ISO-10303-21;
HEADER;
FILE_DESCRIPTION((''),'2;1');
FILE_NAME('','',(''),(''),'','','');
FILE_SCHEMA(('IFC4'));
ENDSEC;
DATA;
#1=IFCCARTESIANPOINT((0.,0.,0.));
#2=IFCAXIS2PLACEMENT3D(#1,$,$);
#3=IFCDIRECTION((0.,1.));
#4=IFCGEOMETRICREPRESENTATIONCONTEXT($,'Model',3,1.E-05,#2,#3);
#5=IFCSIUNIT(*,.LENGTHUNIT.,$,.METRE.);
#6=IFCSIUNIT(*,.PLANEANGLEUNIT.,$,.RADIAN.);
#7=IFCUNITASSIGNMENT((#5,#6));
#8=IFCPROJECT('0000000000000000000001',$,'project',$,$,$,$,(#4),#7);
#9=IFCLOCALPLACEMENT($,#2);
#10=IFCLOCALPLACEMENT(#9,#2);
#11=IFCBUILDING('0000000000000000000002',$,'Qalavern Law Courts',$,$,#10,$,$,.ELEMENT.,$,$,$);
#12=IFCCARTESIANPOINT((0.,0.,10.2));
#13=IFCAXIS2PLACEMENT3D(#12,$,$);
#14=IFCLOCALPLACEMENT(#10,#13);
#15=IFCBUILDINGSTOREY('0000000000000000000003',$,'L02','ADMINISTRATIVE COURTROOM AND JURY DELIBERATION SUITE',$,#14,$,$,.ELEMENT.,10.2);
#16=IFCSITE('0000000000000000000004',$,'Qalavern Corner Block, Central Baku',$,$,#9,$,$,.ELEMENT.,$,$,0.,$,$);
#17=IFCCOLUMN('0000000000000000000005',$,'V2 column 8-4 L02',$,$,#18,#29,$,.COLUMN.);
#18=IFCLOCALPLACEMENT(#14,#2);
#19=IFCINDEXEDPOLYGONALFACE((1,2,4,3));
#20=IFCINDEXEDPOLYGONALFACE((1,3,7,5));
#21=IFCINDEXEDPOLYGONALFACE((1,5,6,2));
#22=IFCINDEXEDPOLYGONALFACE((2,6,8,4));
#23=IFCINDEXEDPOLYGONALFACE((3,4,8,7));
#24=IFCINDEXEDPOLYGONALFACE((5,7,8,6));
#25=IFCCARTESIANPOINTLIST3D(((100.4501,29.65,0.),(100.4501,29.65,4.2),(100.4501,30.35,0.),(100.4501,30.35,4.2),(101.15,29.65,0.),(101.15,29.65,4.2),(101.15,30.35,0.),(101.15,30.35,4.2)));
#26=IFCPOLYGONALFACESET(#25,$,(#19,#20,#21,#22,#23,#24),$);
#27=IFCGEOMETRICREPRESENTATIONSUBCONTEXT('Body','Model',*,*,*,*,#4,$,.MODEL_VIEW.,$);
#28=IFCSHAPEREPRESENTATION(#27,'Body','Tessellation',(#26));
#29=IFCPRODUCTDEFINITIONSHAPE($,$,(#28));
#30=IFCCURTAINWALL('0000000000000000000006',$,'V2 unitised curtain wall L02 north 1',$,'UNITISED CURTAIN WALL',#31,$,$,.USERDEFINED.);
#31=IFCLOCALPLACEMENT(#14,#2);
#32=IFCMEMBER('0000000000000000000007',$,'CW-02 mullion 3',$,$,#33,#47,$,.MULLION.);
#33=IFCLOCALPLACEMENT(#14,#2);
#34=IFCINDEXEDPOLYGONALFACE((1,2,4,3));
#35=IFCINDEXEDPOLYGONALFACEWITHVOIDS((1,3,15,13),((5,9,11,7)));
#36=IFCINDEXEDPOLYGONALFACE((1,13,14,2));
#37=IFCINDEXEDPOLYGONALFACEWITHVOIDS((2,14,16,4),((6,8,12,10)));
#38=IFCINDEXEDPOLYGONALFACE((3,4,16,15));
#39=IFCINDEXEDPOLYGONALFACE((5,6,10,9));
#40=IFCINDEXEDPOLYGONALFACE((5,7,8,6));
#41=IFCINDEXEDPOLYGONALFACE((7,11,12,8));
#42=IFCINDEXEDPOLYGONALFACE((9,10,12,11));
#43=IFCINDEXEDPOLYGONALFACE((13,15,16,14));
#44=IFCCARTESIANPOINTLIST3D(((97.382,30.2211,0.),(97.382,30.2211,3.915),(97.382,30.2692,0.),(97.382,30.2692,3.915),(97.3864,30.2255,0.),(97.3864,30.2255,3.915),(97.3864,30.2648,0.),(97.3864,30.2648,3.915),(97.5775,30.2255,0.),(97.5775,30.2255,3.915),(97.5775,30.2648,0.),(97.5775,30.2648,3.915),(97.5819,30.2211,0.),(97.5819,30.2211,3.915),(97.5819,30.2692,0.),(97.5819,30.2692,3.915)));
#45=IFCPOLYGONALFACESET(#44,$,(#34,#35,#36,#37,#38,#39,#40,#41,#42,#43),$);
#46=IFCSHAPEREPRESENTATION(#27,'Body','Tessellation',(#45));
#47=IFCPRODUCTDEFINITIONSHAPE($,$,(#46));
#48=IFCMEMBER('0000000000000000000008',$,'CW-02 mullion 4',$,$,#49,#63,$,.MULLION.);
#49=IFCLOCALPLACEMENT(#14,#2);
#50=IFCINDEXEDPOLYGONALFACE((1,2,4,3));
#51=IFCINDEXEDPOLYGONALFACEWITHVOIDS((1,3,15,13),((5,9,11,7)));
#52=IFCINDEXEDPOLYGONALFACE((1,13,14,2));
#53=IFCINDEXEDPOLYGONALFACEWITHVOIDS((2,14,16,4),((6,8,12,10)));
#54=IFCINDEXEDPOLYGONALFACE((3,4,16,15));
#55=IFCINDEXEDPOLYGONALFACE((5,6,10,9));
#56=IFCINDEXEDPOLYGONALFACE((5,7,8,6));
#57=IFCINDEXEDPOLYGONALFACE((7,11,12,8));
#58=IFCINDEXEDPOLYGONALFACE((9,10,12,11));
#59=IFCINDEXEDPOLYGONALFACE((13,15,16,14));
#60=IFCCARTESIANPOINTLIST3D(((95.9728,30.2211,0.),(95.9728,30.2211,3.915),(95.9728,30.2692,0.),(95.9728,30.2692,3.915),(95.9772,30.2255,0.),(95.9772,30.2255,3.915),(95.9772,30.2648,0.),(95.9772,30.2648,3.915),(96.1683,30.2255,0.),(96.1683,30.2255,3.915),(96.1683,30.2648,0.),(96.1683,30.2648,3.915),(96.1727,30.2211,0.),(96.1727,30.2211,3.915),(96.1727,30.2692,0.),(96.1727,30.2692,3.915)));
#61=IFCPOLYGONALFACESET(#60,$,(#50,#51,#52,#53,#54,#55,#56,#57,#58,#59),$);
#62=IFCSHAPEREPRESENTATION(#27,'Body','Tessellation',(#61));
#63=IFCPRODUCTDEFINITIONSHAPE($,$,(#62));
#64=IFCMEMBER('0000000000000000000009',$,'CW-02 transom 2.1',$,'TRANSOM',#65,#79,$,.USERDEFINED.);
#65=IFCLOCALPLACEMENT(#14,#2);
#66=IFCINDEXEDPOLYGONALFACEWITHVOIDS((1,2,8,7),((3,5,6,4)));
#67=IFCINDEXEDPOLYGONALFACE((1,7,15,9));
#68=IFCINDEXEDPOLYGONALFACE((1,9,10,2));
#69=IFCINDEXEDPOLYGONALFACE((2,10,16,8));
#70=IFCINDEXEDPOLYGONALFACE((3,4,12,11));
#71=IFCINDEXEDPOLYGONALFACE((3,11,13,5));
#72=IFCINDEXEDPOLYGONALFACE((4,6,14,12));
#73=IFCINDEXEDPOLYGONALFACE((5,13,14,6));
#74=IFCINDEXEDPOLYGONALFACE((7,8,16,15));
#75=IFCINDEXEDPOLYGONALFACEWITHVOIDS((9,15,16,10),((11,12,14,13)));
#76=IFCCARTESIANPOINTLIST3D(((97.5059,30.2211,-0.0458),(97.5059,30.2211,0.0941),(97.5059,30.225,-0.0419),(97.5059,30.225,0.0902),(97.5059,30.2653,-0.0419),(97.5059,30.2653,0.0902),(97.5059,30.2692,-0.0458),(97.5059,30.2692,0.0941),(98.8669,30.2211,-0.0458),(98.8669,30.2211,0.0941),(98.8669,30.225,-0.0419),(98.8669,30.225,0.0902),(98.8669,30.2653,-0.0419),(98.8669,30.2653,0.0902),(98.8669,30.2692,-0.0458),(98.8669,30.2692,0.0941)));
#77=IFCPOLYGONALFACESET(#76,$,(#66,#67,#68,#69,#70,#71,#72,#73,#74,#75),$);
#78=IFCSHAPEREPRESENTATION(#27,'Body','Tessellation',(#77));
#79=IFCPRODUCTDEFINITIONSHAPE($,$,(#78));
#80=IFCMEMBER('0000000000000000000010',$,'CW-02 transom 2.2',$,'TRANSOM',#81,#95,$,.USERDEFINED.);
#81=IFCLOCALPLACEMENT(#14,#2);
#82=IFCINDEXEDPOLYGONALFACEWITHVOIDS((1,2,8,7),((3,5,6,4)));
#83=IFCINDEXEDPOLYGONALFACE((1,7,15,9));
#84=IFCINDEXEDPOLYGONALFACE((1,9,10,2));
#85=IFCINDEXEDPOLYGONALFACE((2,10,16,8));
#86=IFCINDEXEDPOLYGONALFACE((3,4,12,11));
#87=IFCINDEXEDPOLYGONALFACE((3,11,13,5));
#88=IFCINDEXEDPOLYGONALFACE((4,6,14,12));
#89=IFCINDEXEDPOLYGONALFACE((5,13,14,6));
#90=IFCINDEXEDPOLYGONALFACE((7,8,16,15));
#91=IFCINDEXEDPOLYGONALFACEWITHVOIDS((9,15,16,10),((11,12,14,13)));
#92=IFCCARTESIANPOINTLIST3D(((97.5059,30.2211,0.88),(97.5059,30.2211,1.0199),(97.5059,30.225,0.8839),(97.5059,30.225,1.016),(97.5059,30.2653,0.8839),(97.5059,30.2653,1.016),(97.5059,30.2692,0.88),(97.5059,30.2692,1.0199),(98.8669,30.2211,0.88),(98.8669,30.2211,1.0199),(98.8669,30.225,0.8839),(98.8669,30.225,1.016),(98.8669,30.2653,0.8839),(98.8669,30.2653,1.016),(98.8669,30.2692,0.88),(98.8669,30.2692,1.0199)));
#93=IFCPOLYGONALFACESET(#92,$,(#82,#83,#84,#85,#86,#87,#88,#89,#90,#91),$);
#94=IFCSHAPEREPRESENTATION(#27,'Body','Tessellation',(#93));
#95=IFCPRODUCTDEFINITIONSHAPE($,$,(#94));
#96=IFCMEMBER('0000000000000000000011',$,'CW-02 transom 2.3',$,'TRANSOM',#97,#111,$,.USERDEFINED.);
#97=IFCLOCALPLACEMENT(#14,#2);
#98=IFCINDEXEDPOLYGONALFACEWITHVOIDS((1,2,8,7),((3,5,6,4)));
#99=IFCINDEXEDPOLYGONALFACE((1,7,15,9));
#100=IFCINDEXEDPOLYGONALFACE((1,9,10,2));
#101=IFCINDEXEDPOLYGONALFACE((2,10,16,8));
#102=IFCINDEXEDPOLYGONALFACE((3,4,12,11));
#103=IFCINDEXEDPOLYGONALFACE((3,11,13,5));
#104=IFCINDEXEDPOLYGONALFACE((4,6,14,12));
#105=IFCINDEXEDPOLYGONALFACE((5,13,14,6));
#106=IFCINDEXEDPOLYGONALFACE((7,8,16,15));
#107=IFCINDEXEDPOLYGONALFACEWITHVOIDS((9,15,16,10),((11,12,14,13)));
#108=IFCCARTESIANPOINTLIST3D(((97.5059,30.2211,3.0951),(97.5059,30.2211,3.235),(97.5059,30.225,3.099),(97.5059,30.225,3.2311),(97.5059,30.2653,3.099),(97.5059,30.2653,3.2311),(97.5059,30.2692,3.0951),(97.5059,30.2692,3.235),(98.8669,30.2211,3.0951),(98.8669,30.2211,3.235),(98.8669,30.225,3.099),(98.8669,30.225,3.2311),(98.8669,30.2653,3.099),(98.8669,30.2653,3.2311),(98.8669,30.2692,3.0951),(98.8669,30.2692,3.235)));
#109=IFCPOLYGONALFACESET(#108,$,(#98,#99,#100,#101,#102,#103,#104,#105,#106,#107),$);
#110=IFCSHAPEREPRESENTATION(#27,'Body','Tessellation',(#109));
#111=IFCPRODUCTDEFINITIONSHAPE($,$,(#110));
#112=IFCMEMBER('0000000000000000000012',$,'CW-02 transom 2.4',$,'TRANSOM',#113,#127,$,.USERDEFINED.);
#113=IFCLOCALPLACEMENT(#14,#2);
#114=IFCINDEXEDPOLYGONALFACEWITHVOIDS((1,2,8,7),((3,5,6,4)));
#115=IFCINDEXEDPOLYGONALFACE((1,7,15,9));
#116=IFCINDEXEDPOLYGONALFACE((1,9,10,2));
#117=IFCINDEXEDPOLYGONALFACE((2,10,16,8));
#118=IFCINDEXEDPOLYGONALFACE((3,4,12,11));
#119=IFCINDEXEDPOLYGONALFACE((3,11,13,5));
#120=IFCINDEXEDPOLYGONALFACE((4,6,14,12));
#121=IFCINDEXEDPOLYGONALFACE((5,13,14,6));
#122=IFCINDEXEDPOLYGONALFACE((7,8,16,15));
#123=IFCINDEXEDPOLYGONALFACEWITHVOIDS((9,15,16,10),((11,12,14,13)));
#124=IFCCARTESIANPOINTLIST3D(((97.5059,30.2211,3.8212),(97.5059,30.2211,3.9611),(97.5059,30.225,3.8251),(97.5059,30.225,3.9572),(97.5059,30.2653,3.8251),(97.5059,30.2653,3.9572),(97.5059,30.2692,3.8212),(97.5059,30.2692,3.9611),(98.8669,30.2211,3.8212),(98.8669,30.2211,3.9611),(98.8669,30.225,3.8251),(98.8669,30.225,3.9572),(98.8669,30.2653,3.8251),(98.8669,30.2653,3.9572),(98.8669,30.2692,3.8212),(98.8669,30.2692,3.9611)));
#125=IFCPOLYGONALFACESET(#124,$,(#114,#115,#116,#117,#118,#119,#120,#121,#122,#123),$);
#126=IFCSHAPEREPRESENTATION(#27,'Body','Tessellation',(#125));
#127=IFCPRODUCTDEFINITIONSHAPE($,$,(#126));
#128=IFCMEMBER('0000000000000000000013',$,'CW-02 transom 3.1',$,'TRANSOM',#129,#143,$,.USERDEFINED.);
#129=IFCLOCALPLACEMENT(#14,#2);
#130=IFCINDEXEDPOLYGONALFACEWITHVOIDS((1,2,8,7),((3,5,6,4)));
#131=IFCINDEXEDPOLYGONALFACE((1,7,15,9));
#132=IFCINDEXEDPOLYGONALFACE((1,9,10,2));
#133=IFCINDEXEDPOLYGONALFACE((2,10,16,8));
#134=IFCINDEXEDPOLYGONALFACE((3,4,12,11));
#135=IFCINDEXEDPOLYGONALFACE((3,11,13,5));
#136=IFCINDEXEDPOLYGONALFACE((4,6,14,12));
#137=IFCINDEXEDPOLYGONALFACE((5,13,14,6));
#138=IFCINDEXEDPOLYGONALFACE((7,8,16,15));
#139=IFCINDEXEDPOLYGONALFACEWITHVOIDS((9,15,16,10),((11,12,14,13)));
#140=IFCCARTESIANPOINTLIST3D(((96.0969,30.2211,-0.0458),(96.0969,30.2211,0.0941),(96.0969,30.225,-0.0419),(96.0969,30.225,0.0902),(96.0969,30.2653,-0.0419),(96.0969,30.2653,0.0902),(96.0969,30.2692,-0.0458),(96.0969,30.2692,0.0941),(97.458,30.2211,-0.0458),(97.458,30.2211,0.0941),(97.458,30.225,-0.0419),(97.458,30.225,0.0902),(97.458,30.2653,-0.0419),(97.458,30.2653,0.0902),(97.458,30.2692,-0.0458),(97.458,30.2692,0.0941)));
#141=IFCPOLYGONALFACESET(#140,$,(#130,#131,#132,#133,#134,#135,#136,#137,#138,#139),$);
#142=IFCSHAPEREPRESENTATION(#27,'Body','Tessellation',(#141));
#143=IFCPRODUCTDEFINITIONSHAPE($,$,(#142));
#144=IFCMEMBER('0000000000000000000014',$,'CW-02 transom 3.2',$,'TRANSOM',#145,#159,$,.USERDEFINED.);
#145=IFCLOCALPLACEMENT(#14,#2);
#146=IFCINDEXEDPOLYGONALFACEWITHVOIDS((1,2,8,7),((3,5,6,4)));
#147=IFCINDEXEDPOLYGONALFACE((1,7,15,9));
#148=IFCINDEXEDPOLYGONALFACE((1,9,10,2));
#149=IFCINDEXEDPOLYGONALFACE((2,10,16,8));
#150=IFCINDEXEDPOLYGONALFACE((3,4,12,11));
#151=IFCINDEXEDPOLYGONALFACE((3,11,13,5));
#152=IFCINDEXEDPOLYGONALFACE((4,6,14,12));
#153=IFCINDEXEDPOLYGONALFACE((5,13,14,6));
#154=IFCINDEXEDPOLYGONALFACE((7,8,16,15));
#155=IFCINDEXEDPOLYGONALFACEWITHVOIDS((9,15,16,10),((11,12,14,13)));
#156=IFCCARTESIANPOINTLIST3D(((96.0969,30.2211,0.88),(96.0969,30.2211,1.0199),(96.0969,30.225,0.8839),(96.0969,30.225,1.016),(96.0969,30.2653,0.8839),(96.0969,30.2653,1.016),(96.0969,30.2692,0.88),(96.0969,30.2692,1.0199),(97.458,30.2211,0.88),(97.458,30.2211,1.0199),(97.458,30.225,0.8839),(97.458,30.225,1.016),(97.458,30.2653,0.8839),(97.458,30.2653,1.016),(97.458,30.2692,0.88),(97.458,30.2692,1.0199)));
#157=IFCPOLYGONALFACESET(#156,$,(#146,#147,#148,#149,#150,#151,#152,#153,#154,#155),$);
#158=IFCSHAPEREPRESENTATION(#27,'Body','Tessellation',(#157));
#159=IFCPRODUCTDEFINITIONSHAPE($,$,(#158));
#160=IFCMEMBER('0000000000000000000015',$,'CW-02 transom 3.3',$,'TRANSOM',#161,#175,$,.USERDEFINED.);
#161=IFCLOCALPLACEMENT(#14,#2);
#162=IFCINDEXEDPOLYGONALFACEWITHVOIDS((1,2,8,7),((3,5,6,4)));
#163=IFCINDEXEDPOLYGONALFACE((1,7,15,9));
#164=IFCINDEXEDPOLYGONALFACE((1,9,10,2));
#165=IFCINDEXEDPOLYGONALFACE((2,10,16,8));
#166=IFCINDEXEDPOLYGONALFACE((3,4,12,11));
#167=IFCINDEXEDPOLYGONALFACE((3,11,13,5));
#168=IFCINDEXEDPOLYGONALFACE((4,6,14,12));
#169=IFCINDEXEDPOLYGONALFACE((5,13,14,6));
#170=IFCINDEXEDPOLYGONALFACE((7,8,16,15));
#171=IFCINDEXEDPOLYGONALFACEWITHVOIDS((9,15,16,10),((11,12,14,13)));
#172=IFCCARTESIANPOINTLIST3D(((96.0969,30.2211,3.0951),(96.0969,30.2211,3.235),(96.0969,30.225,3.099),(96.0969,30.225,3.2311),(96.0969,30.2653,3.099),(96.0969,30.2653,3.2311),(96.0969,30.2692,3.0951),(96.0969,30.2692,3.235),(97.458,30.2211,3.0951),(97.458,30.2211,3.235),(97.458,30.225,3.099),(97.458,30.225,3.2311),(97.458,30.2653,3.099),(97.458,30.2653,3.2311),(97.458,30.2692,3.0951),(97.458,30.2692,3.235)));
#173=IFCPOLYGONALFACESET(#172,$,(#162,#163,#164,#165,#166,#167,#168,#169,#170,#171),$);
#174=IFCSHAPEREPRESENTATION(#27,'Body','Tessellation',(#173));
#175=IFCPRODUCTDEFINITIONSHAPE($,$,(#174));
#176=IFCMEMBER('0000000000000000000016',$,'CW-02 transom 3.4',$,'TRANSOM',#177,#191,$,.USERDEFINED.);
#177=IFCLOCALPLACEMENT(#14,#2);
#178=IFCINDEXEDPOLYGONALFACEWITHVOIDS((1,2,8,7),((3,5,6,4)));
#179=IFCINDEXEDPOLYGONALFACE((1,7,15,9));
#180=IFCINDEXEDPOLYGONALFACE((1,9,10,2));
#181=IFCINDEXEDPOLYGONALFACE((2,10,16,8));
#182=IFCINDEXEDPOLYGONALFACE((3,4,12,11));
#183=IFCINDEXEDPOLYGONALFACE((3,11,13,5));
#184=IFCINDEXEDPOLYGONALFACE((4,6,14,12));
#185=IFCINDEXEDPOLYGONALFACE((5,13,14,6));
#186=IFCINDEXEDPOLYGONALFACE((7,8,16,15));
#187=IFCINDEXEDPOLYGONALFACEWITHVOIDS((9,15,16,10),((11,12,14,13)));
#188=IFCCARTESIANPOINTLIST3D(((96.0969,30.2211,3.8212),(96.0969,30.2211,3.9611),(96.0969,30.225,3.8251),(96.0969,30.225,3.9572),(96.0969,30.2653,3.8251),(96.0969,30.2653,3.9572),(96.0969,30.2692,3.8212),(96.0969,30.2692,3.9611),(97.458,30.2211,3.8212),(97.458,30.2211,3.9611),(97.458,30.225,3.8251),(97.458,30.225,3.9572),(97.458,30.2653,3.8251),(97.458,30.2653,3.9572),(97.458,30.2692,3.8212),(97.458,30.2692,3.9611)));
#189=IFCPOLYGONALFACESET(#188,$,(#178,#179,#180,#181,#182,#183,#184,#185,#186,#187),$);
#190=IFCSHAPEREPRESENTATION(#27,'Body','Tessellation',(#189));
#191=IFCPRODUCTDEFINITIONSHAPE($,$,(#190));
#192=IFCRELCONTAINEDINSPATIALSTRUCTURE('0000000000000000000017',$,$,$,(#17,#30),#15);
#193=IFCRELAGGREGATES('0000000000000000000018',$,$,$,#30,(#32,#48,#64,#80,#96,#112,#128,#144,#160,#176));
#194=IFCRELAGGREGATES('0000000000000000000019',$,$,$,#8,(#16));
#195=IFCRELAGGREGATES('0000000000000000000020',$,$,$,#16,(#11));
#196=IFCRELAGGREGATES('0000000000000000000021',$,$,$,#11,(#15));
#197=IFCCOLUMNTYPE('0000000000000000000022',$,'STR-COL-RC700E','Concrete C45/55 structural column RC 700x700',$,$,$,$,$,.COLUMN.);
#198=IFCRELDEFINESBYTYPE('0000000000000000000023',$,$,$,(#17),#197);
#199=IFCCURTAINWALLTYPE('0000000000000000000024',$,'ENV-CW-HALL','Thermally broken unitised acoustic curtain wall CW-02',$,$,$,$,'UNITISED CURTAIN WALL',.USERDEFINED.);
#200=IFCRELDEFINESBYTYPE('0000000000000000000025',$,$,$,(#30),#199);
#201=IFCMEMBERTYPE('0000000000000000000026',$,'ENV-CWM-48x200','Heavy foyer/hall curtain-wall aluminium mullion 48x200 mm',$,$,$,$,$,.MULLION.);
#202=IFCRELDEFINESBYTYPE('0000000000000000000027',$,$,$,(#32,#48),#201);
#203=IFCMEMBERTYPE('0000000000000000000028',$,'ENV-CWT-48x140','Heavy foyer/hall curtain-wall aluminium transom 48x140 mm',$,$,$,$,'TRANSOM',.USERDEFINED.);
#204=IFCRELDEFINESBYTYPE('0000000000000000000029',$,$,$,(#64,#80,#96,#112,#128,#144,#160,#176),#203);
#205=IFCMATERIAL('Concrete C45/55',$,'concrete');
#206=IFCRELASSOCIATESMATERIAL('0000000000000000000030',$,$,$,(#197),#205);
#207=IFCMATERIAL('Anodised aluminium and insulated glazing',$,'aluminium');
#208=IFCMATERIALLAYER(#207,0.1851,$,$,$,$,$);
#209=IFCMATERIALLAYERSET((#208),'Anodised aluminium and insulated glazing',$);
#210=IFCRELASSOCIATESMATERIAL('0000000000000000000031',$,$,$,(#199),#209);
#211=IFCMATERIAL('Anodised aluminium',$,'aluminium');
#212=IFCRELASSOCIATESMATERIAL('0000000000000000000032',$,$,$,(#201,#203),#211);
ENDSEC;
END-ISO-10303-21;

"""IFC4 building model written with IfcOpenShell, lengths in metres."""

from ifc_helpers import new_model, si_unit, direction, frame, origin, origin_2d, place, context, subcontext, project, spatial, rectangle, hollow_rectangle, extrude, material, layer, layer_set, material_profile, profile_set, type_object, element, aggregate, save


model = new_model("IFC4")

# Units and contexts
model_context = context("Model", 3, precision=1e-05, world=origin(), true_north=direction((0.0, 1.0)))
body_context = subcontext(model_context, "Body", "Model", "MODEL_VIEW")
ifc_project = project(units=[si_unit("LENGTHUNIT", "METRE"), si_unit("PLANEANGLEUNIT", "RADIAN")], contexts=[model_context])

# Site, building, storey
site_placement = place(None, origin())
site = spatial("IfcSite", under=ifc_project, at=site_placement, Name="Qalavern Corner Block, Central Baku", CompositionType="ELEMENT", RefElevation=0.0)
building_placement = place(site_placement, origin())
building = spatial("IfcBuilding", under=site, at=building_placement, Name="Qalavern Law Courts", CompositionType="ELEMENT")
storey_placement = place(building_placement, frame((0.0, 0.0, 10.2)))
storey = spatial("IfcBuildingStorey", under=building, at=storey_placement, Name="L02", Description="ADMINISTRATIVE COURTROOM AND JURY DELIBERATION SUITE", CompositionType="ELEMENT", Elevation=10.2)

# Column
ifc_material_1 = material(Name="Concrete C45/55", Category="concrete")
ifc_material_profile_1 = material_profile(ifc_material_1, rectangle(XDim=0.7, YDim=0.7, at=origin_2d()), Name="RC 700x700")
ifc_profile_set_1 = profile_set([ifc_material_profile_1], Name="Concrete C45/55")
column_type = type_object("IfcColumnType", Name="STR-COL-RC700E", Description="Concrete C45/55 structural column RC 700x700", PredefinedType="COLUMN", material=ifc_profile_set_1)
column_placement = place(storey_placement, frame((100.8, 30.0, 0.0), z_axis=(0.0, 0.0, 1.0), x_axis=(1.0, 0.0, 0.0)))
element("IfcColumn", 1, at=column_placement, inside=storey, type_object=column_type, Name="V2 column 8-4 L02", PredefinedType="COLUMN", context=body_context, shape_type="SweptSolid", body=[
    extrude(rectangle(XDim=0.7, YDim=0.7, at=origin_2d()), origin(), (0.0, 0.0, 1.0), 4.2),
])

# Curtain wall, members
ifc_material_2 = material(Name="Anodised aluminium and insulated glazing", Category="aluminium")
ifc_layer_1 = layer(ifc_material_2, 0.1851)
ifc_layer_set_1 = layer_set([ifc_layer_1], Name="Anodised aluminium and insulated glazing")
curtain_wall_type = type_object("IfcCurtainWallType", Name="ENV-CW-HALL", Description="Thermally broken unitised acoustic curtain wall CW-02", ElementType="UNITISED CURTAIN WALL", PredefinedType="USERDEFINED", material=ifc_layer_set_1)
curtain_wall_1_placement = place(storey_placement, origin())
curtain_wall_1 = element("IfcCurtainWall", 2, at=curtain_wall_1_placement, inside=storey, type_object=curtain_wall_type, Name="V2 unitised curtain wall L02 north 1", ObjectType="UNITISED CURTAIN WALL", PredefinedType="USERDEFINED")
ifc_material_3 = material(Name="Anodised aluminium", Category="aluminium")
ifc_material_profile_2 = material_profile(ifc_material_3, hollow_rectangle(XDim=0.0481, YDim=0.2, WallThickness=0.0044, at=origin_2d()), Name="ALU MULLION 48x200")
ifc_profile_set_2 = profile_set([ifc_material_profile_2], Name="Anodised aluminium")
member_type_1 = type_object("IfcMemberType", Name="ENV-CWM-48x200", Description="Heavy foyer/hall curtain-wall aluminium mullion 48x200 mm", PredefinedType="MULLION", material=ifc_profile_set_2)
member_1_placement = place(storey_placement, frame((97.4819, 30.2451, 0.0), z_axis=(0.0, 0.0, 1.0), x_axis=(0.0, -1.0, 0.0)))
member_1 = element("IfcMember", 3, at=member_1_placement, type_object=member_type_1, Name="CW-02 mullion 3", PredefinedType="MULLION", context=body_context, shape_type="SweptSolid", body=[
    extrude(hollow_rectangle(XDim=0.0481, YDim=0.2, WallThickness=0.0044, at=origin_2d()), origin(), (0.0, 0.0, 1.0), 3.915),
])
member_2_placement = place(storey_placement, frame((96.0728, 30.2451, 0.0), z_axis=(0.0, 0.0, 1.0), x_axis=(0.0, -1.0, 0.0)))
member_2 = element("IfcMember", 4, at=member_2_placement, type_object=member_type_1, Name="CW-02 mullion 4", PredefinedType="MULLION", context=body_context, shape_type="SweptSolid", body=[
    extrude(hollow_rectangle(XDim=0.0481, YDim=0.2, WallThickness=0.0044, at=origin_2d()), origin(), (0.0, 0.0, 1.0), 3.915),
])
ifc_material_profile_3 = material_profile(ifc_material_3, hollow_rectangle(XDim=0.0481, YDim=0.1399, WallThickness=0.0039, at=origin_2d()), Name="ALU TRANSOM 48x140")
ifc_profile_set_3 = profile_set([ifc_material_profile_3], Name="Anodised aluminium")
member_type_2 = type_object("IfcMemberType", Name="ENV-CWT-48x140", Description="Heavy foyer/hall curtain-wall aluminium transom 48x140 mm", ElementType="TRANSOM", PredefinedType="USERDEFINED", material=ifc_profile_set_3)
member_3_placement = place(storey_placement, frame((98.8669, 30.2451, 0.0242), z_axis=(-1.0, 0.0, 0.0), x_axis=(0.0, -1.0, 0.0)))
member_3 = element("IfcMember", 5, at=member_3_placement, type_object=member_type_2, Name="CW-02 transom 2.1", ObjectType="TRANSOM", PredefinedType="USERDEFINED", context=body_context, shape_type="SweptSolid", body=[
    extrude(hollow_rectangle(XDim=0.0481, YDim=0.1399, WallThickness=0.0039, at=origin_2d()), origin(), (0.0, 0.0, 1.0), 1.3611),
])
member_4_placement = place(storey_placement, frame((98.8669, 30.2451, 0.95), z_axis=(-1.0, 0.0, 0.0), x_axis=(0.0, -1.0, 0.0)))
member_4 = element("IfcMember", 6, at=member_4_placement, type_object=member_type_2, Name="CW-02 transom 2.2", ObjectType="TRANSOM", PredefinedType="USERDEFINED", context=body_context, shape_type="SweptSolid", body=[
    extrude(hollow_rectangle(XDim=0.0481, YDim=0.1399, WallThickness=0.0039, at=origin_2d()), origin(), (0.0, 0.0, 1.0), 1.3611),
])
member_5_placement = place(storey_placement, frame((98.8669, 30.2451, 3.165), z_axis=(-1.0, 0.0, 0.0), x_axis=(0.0, -1.0, 0.0)))
member_5 = element("IfcMember", 7, at=member_5_placement, type_object=member_type_2, Name="CW-02 transom 2.3", ObjectType="TRANSOM", PredefinedType="USERDEFINED", context=body_context, shape_type="SweptSolid", body=[
    extrude(hollow_rectangle(XDim=0.0481, YDim=0.1399, WallThickness=0.0039, at=origin_2d()), origin(), (0.0, 0.0, 1.0), 1.3611),
])
member_6_placement = place(storey_placement, frame((98.8669, 30.2451, 3.8911), z_axis=(-1.0, 0.0, 0.0), x_axis=(0.0, -1.0, 0.0)))
member_6 = element("IfcMember", 8, at=member_6_placement, type_object=member_type_2, Name="CW-02 transom 2.4", ObjectType="TRANSOM", PredefinedType="USERDEFINED", context=body_context, shape_type="SweptSolid", body=[
    extrude(hollow_rectangle(XDim=0.0481, YDim=0.1399, WallThickness=0.0039, at=origin_2d()), origin(), (0.0, 0.0, 1.0), 1.3611),
])
member_7_placement = place(storey_placement, frame((97.458, 30.2451, 0.0242), z_axis=(-1.0, 0.0, 0.0), x_axis=(0.0, -1.0, 0.0)))
member_7 = element("IfcMember", 9, at=member_7_placement, type_object=member_type_2, Name="CW-02 transom 3.1", ObjectType="TRANSOM", PredefinedType="USERDEFINED", context=body_context, shape_type="SweptSolid", body=[
    extrude(hollow_rectangle(XDim=0.0481, YDim=0.1399, WallThickness=0.0039, at=origin_2d()), origin(), (0.0, 0.0, 1.0), 1.3611),
])
member_8_placement = place(storey_placement, frame((97.458, 30.2451, 0.95), z_axis=(-1.0, 0.0, 0.0), x_axis=(0.0, -1.0, 0.0)))
member_8 = element("IfcMember", 10, at=member_8_placement, type_object=member_type_2, Name="CW-02 transom 3.2", ObjectType="TRANSOM", PredefinedType="USERDEFINED", context=body_context, shape_type="SweptSolid", body=[
    extrude(hollow_rectangle(XDim=0.0481, YDim=0.1399, WallThickness=0.0039, at=origin_2d()), origin(), (0.0, 0.0, 1.0), 1.3611),
])
member_9_placement = place(storey_placement, frame((97.458, 30.2451, 3.165), z_axis=(-1.0, 0.0, 0.0), x_axis=(0.0, -1.0, 0.0)))
member_9 = element("IfcMember", 11, at=member_9_placement, type_object=member_type_2, Name="CW-02 transom 3.3", ObjectType="TRANSOM", PredefinedType="USERDEFINED", context=body_context, shape_type="SweptSolid", body=[
    extrude(hollow_rectangle(XDim=0.0481, YDim=0.1399, WallThickness=0.0039, at=origin_2d()), origin(), (0.0, 0.0, 1.0), 1.3611),
])
member_10_placement = place(storey_placement, frame((97.458, 30.2451, 3.8911), z_axis=(-1.0, 0.0, 0.0), x_axis=(0.0, -1.0, 0.0)))
member_10 = element("IfcMember", 12, at=member_10_placement, type_object=member_type_2, Name="CW-02 transom 3.4", ObjectType="TRANSOM", PredefinedType="USERDEFINED", context=body_context, shape_type="SweptSolid", body=[
    extrude(hollow_rectangle(XDim=0.0481, YDim=0.1399, WallThickness=0.0039, at=origin_2d()), origin(), (0.0, 0.0, 1.0), 1.3611),
])

aggregate(curtain_wall_1, [member_1, member_2, member_3, member_4, member_5, member_6, member_7, member_8, member_9, member_10])

save(model, "model.ifc")
